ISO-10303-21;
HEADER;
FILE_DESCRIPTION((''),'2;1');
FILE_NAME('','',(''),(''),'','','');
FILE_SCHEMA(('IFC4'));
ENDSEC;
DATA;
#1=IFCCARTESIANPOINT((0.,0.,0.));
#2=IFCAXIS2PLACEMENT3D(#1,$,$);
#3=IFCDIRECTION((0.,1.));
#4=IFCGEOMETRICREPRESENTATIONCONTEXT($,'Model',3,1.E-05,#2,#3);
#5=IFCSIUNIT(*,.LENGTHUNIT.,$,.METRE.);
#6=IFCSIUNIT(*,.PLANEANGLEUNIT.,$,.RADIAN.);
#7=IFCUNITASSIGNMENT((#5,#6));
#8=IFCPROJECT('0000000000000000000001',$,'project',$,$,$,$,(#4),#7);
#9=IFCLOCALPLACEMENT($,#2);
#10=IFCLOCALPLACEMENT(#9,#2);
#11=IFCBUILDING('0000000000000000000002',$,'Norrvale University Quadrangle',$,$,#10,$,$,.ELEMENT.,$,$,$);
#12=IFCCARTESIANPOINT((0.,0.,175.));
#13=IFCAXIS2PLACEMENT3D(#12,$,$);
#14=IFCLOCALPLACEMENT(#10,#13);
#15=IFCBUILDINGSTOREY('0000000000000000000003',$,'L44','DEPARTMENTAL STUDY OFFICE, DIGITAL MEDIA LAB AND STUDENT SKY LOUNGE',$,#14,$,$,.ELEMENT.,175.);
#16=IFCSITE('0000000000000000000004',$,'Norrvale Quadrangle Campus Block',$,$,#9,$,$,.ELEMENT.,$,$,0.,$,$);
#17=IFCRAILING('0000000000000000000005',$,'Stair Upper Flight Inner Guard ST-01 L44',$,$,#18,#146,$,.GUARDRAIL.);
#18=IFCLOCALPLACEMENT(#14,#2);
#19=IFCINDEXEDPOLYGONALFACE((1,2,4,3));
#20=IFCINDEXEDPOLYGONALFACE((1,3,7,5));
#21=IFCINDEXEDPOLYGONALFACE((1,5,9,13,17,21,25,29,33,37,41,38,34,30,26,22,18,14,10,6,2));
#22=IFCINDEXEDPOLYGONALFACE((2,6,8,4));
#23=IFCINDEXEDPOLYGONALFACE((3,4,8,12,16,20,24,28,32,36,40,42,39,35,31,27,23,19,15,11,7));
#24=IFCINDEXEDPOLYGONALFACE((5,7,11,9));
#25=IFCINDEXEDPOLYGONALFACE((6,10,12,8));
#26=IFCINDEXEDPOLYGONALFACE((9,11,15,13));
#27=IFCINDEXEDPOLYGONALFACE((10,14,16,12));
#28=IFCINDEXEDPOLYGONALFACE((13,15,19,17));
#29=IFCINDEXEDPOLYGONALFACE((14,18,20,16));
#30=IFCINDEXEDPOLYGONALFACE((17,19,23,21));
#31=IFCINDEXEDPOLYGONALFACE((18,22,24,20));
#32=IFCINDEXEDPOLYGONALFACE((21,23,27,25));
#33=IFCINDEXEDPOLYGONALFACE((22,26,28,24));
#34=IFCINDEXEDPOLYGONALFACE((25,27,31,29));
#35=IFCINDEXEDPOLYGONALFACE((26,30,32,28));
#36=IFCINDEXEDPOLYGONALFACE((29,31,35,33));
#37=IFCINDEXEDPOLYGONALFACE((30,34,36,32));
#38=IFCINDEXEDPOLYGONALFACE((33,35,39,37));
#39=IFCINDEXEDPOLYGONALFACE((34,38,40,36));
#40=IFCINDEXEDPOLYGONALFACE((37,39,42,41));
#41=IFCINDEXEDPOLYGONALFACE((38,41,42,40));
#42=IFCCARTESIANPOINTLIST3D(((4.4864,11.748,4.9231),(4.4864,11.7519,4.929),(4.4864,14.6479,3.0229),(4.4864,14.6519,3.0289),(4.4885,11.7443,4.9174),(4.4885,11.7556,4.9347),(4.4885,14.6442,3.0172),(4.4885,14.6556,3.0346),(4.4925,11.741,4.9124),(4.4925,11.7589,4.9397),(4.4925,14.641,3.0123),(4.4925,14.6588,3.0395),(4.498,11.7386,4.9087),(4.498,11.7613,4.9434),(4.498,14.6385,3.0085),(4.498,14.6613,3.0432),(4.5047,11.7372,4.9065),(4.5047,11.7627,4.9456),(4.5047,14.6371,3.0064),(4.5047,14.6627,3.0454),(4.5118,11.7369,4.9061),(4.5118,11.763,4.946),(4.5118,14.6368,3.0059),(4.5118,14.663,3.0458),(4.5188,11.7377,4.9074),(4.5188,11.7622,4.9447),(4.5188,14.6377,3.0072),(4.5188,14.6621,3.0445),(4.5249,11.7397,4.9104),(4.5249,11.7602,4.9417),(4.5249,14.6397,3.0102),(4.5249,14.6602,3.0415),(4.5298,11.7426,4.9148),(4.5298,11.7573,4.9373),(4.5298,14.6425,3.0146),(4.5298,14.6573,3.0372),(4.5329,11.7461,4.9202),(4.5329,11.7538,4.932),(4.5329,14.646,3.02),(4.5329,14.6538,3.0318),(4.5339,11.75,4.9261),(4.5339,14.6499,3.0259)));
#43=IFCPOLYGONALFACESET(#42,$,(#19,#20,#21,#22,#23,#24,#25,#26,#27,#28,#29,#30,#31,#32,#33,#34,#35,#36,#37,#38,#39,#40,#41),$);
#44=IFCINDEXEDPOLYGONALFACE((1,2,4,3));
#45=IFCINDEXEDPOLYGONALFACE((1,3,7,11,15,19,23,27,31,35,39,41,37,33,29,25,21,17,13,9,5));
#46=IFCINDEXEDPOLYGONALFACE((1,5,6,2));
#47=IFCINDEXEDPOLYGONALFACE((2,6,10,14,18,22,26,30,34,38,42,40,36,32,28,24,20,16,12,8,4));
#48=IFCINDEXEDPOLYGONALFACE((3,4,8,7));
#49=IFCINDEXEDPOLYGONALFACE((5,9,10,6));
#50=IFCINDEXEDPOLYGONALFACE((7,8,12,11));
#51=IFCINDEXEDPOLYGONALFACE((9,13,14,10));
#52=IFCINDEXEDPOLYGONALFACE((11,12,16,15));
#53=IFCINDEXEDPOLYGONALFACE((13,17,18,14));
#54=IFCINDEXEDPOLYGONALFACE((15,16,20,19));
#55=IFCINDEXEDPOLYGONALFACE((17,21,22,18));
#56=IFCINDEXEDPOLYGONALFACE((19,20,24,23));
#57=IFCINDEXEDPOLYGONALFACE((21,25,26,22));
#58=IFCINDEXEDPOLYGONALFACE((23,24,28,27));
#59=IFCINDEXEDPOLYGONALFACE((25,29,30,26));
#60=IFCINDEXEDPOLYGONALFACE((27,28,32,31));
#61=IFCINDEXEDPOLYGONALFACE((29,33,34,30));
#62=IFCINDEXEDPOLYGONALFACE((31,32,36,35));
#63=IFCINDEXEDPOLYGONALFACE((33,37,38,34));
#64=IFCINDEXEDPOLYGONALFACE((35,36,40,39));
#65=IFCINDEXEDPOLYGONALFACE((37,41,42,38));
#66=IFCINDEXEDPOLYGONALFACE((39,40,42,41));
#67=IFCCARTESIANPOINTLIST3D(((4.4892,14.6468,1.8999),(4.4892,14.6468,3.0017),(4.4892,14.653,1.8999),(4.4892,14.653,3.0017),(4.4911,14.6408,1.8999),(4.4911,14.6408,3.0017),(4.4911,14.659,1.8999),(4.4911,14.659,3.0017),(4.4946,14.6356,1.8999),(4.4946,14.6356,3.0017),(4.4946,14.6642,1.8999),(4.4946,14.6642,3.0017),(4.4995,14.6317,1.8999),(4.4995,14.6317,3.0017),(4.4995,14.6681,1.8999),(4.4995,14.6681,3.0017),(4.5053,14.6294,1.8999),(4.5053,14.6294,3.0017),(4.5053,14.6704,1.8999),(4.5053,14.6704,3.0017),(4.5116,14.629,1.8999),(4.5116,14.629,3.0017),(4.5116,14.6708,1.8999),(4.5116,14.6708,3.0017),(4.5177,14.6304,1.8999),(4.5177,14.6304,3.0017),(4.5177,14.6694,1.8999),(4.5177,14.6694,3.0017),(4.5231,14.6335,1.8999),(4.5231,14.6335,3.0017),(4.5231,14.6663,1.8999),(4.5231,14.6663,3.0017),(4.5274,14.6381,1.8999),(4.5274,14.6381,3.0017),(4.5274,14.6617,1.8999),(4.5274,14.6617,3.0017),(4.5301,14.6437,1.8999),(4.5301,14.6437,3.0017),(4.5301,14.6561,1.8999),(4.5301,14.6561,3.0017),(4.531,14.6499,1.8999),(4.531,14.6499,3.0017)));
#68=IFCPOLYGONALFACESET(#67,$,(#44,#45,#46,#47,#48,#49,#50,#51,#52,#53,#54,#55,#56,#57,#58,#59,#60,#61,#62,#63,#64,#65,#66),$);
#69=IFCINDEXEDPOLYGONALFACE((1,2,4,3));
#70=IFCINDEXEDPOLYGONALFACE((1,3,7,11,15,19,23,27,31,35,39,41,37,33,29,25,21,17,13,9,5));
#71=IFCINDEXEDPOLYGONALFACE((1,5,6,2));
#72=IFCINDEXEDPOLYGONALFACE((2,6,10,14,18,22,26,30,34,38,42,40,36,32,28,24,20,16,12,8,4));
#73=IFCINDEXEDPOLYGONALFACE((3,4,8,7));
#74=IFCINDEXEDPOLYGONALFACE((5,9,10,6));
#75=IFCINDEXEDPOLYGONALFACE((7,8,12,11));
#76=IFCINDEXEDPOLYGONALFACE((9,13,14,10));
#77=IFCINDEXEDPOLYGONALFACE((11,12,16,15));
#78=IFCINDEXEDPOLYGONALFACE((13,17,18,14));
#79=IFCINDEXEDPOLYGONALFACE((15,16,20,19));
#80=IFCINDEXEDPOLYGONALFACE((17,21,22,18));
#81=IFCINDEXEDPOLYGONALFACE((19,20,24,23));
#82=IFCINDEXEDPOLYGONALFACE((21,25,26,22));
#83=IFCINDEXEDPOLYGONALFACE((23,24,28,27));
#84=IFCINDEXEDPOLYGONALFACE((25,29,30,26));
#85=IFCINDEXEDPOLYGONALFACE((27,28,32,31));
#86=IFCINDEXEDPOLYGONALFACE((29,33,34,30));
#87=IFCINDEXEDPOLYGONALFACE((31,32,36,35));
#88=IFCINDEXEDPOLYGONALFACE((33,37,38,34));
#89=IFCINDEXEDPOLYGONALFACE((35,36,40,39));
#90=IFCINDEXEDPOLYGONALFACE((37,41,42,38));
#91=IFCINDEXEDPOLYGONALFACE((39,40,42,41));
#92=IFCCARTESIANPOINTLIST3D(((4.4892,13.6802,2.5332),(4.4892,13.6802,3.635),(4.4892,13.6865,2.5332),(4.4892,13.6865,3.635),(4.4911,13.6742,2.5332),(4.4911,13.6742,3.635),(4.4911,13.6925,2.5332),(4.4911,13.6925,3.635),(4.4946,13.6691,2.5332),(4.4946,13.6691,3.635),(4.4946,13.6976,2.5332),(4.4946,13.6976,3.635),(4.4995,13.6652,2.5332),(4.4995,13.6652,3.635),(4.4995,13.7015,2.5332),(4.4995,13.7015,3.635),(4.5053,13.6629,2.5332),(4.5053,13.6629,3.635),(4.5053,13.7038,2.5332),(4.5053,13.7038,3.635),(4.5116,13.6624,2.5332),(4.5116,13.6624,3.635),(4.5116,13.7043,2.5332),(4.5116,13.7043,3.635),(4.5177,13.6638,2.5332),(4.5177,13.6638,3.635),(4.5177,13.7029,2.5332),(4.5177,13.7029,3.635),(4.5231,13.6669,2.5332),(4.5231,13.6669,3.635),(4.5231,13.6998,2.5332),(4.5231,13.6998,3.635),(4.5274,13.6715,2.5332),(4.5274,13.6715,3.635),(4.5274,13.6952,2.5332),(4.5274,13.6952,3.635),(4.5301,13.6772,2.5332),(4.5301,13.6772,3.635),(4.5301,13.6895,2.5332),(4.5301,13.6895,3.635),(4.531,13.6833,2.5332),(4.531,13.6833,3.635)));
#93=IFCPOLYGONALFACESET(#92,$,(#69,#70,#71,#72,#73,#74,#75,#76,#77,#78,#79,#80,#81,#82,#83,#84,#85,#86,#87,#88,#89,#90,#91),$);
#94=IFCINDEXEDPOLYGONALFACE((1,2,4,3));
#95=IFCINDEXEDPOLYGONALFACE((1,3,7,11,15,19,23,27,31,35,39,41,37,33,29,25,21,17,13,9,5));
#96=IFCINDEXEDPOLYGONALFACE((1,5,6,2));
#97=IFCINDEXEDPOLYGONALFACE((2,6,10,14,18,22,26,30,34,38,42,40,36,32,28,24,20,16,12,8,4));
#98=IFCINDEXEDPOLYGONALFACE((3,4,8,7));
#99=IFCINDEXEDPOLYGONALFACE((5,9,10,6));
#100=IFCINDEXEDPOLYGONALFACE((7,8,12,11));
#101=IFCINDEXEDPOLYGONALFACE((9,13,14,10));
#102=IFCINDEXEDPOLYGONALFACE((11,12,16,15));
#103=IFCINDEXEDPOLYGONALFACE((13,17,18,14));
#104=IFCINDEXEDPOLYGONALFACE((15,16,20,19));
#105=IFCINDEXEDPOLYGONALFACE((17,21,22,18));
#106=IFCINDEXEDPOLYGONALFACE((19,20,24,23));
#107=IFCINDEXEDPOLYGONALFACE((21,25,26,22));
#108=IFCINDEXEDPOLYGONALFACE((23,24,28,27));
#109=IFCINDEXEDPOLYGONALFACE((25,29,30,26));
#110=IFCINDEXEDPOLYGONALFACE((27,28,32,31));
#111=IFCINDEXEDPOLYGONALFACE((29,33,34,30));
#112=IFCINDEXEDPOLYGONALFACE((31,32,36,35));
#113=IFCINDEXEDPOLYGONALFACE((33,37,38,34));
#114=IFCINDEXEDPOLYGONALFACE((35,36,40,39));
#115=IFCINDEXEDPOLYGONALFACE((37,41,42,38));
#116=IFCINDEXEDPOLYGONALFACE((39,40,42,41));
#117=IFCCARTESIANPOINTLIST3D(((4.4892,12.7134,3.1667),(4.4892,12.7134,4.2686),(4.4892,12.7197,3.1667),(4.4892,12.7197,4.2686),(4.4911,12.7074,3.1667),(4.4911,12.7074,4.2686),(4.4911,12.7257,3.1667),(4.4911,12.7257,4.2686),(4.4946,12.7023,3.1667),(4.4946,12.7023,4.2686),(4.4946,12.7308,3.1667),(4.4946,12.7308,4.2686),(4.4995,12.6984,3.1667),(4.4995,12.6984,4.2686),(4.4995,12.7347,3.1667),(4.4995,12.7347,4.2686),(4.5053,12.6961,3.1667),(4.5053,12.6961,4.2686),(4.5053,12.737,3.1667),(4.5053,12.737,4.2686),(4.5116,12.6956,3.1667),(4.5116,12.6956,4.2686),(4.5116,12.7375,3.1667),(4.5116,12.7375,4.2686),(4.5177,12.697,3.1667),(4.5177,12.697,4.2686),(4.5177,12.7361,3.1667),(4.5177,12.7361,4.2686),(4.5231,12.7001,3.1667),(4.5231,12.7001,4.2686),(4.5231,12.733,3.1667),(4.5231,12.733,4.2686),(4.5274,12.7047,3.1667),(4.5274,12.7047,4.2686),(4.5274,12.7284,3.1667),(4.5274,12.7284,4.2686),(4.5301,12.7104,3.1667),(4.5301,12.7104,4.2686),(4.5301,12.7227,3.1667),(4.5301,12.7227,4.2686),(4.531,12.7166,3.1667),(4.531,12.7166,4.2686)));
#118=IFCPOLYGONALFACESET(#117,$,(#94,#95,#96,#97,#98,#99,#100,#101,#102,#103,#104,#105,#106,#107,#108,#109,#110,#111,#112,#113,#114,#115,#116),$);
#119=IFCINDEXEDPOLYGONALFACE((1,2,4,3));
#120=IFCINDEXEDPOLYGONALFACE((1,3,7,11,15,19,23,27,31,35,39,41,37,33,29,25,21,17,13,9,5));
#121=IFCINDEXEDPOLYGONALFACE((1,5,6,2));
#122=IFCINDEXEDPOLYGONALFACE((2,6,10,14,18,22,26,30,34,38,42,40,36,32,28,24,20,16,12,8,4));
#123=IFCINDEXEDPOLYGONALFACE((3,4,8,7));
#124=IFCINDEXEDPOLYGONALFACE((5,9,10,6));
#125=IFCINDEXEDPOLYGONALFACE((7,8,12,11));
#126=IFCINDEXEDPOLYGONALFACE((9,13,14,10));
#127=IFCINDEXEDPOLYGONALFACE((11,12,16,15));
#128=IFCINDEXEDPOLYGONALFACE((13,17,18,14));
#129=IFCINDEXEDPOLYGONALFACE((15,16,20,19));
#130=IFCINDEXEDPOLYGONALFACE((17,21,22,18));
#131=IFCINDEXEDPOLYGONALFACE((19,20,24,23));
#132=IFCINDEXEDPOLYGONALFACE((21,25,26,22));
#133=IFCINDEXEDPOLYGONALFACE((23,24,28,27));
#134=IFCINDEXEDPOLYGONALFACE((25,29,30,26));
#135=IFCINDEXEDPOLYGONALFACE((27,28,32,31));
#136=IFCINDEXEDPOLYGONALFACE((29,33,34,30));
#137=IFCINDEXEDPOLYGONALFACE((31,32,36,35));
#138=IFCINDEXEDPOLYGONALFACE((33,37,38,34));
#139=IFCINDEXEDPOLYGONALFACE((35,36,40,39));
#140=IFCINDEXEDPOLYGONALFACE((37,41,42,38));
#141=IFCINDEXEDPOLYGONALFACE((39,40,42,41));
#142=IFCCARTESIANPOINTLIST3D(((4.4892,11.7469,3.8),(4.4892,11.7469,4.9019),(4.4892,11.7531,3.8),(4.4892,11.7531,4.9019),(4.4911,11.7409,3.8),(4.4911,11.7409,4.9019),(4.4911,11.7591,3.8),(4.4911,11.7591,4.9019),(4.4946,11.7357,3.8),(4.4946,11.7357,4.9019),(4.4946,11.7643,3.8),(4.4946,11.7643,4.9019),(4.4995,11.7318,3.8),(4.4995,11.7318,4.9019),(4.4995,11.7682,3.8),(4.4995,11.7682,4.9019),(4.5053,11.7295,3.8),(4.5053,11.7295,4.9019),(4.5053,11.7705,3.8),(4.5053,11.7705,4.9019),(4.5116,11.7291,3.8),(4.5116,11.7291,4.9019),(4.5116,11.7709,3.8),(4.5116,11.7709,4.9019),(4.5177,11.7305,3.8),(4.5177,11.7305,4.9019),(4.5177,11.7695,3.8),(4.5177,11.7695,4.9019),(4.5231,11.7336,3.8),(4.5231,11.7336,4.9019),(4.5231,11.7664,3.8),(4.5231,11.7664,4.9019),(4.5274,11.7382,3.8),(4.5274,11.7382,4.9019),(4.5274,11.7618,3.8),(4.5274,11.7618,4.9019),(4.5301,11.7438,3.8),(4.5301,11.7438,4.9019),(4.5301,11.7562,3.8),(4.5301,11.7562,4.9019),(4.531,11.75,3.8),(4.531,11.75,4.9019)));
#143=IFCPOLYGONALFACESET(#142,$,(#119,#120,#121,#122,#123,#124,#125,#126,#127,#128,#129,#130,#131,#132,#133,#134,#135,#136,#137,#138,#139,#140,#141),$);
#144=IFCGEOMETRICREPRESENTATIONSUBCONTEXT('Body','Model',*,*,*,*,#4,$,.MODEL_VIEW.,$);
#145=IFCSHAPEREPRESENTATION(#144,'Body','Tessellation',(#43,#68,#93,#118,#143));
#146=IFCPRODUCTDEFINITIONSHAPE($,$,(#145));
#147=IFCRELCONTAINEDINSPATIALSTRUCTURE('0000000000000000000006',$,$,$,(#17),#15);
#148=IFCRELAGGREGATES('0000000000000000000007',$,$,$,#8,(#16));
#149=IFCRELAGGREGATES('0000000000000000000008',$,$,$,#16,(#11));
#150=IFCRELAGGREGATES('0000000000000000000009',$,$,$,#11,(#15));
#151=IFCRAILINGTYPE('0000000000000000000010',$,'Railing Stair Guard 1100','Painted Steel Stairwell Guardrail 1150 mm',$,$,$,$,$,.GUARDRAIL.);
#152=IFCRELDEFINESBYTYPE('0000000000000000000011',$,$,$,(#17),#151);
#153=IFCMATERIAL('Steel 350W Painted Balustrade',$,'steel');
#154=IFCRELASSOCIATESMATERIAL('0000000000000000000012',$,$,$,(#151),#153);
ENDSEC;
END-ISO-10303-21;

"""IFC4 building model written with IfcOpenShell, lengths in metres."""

from ifc_helpers import new_model, si_unit, direction, frame, origin, origin_2d, place, context, subcontext, project, spatial, circle, extrude, material, type_object, element, save


model = new_model("IFC4")

# Units and contexts
model_context = context("Model", 3, precision=1e-05, world=origin(), true_north=direction((0.0, 1.0)))
body_context = subcontext(model_context, "Body", "Model", "MODEL_VIEW")
ifc_project = project(units=[si_unit("LENGTHUNIT", "METRE"), si_unit("PLANEANGLEUNIT", "RADIAN")], contexts=[model_context])

# Site, building, storey
site_placement = place(None, origin())
site = spatial("IfcSite", under=ifc_project, at=site_placement, Name="Norrvale Quadrangle Campus Block", CompositionType="ELEMENT", RefElevation=0.0)
building_placement = place(site_placement, origin())
building = spatial("IfcBuilding", under=site, at=building_placement, Name="Norrvale University Quadrangle", CompositionType="ELEMENT")
storey_placement = place(building_placement, frame((0.0, 0.0, 175.0)))
storey = spatial("IfcBuildingStorey", under=building, at=storey_placement, Name="L44", Description="DEPARTMENTAL STUDY OFFICE, DIGITAL MEDIA LAB AND STUDENT SKY LOUNGE", CompositionType="ELEMENT", Elevation=175.0)

# Railing
ifc_material_1 = material(Name="Steel 350W Painted Balustrade", Category="steel")
railing_type_1 = type_object("IfcRailingType", Name="Railing Stair Guard 1100", Description="Painted Steel Stairwell Guardrail 1150 mm", PredefinedType="GUARDRAIL", material=ifc_material_1)
railing_1_placement = place(storey_placement, frame((4.51, 14.6499, 1.8999)))
element("IfcRailing", 1, at=railing_1_placement, inside=storey, type_object=railing_type_1, Name="Stair Upper Flight Inner Guard ST-01 L44", PredefinedType="GUARDRAIL", context=body_context, shape_type="SweptSolid", body=[
    extrude(circle(Radius=0.0239, at=origin_2d()), frame((0.0, 0.0, 1.126), z_axis=(0.0, -0.836433, 0.548069), x_axis=(1.0, 0.0, 0.0)), (0.0, 0.0, 1.0), 3.467),
    extrude(circle(Radius=0.021, at=origin_2d()), origin(), (0.0, 0.0, 1.0), 1.1018),
    extrude(circle(Radius=0.021, at=origin_2d()), frame((0.0, -0.9666, 0.6333)), (0.0, 0.0, 1.0), 1.1018),
    extrude(circle(Radius=0.021, at=origin_2d()), frame((0.0, -1.9333, 1.2668)), (0.0, 0.0, 1.0), 1.1018),
    extrude(circle(Radius=0.021, at=origin_2d()), frame((0.0, -2.8999, 1.9001)), (0.0, 0.0, 1.0), 1.1018),
])

save(model, "model.ifc")
